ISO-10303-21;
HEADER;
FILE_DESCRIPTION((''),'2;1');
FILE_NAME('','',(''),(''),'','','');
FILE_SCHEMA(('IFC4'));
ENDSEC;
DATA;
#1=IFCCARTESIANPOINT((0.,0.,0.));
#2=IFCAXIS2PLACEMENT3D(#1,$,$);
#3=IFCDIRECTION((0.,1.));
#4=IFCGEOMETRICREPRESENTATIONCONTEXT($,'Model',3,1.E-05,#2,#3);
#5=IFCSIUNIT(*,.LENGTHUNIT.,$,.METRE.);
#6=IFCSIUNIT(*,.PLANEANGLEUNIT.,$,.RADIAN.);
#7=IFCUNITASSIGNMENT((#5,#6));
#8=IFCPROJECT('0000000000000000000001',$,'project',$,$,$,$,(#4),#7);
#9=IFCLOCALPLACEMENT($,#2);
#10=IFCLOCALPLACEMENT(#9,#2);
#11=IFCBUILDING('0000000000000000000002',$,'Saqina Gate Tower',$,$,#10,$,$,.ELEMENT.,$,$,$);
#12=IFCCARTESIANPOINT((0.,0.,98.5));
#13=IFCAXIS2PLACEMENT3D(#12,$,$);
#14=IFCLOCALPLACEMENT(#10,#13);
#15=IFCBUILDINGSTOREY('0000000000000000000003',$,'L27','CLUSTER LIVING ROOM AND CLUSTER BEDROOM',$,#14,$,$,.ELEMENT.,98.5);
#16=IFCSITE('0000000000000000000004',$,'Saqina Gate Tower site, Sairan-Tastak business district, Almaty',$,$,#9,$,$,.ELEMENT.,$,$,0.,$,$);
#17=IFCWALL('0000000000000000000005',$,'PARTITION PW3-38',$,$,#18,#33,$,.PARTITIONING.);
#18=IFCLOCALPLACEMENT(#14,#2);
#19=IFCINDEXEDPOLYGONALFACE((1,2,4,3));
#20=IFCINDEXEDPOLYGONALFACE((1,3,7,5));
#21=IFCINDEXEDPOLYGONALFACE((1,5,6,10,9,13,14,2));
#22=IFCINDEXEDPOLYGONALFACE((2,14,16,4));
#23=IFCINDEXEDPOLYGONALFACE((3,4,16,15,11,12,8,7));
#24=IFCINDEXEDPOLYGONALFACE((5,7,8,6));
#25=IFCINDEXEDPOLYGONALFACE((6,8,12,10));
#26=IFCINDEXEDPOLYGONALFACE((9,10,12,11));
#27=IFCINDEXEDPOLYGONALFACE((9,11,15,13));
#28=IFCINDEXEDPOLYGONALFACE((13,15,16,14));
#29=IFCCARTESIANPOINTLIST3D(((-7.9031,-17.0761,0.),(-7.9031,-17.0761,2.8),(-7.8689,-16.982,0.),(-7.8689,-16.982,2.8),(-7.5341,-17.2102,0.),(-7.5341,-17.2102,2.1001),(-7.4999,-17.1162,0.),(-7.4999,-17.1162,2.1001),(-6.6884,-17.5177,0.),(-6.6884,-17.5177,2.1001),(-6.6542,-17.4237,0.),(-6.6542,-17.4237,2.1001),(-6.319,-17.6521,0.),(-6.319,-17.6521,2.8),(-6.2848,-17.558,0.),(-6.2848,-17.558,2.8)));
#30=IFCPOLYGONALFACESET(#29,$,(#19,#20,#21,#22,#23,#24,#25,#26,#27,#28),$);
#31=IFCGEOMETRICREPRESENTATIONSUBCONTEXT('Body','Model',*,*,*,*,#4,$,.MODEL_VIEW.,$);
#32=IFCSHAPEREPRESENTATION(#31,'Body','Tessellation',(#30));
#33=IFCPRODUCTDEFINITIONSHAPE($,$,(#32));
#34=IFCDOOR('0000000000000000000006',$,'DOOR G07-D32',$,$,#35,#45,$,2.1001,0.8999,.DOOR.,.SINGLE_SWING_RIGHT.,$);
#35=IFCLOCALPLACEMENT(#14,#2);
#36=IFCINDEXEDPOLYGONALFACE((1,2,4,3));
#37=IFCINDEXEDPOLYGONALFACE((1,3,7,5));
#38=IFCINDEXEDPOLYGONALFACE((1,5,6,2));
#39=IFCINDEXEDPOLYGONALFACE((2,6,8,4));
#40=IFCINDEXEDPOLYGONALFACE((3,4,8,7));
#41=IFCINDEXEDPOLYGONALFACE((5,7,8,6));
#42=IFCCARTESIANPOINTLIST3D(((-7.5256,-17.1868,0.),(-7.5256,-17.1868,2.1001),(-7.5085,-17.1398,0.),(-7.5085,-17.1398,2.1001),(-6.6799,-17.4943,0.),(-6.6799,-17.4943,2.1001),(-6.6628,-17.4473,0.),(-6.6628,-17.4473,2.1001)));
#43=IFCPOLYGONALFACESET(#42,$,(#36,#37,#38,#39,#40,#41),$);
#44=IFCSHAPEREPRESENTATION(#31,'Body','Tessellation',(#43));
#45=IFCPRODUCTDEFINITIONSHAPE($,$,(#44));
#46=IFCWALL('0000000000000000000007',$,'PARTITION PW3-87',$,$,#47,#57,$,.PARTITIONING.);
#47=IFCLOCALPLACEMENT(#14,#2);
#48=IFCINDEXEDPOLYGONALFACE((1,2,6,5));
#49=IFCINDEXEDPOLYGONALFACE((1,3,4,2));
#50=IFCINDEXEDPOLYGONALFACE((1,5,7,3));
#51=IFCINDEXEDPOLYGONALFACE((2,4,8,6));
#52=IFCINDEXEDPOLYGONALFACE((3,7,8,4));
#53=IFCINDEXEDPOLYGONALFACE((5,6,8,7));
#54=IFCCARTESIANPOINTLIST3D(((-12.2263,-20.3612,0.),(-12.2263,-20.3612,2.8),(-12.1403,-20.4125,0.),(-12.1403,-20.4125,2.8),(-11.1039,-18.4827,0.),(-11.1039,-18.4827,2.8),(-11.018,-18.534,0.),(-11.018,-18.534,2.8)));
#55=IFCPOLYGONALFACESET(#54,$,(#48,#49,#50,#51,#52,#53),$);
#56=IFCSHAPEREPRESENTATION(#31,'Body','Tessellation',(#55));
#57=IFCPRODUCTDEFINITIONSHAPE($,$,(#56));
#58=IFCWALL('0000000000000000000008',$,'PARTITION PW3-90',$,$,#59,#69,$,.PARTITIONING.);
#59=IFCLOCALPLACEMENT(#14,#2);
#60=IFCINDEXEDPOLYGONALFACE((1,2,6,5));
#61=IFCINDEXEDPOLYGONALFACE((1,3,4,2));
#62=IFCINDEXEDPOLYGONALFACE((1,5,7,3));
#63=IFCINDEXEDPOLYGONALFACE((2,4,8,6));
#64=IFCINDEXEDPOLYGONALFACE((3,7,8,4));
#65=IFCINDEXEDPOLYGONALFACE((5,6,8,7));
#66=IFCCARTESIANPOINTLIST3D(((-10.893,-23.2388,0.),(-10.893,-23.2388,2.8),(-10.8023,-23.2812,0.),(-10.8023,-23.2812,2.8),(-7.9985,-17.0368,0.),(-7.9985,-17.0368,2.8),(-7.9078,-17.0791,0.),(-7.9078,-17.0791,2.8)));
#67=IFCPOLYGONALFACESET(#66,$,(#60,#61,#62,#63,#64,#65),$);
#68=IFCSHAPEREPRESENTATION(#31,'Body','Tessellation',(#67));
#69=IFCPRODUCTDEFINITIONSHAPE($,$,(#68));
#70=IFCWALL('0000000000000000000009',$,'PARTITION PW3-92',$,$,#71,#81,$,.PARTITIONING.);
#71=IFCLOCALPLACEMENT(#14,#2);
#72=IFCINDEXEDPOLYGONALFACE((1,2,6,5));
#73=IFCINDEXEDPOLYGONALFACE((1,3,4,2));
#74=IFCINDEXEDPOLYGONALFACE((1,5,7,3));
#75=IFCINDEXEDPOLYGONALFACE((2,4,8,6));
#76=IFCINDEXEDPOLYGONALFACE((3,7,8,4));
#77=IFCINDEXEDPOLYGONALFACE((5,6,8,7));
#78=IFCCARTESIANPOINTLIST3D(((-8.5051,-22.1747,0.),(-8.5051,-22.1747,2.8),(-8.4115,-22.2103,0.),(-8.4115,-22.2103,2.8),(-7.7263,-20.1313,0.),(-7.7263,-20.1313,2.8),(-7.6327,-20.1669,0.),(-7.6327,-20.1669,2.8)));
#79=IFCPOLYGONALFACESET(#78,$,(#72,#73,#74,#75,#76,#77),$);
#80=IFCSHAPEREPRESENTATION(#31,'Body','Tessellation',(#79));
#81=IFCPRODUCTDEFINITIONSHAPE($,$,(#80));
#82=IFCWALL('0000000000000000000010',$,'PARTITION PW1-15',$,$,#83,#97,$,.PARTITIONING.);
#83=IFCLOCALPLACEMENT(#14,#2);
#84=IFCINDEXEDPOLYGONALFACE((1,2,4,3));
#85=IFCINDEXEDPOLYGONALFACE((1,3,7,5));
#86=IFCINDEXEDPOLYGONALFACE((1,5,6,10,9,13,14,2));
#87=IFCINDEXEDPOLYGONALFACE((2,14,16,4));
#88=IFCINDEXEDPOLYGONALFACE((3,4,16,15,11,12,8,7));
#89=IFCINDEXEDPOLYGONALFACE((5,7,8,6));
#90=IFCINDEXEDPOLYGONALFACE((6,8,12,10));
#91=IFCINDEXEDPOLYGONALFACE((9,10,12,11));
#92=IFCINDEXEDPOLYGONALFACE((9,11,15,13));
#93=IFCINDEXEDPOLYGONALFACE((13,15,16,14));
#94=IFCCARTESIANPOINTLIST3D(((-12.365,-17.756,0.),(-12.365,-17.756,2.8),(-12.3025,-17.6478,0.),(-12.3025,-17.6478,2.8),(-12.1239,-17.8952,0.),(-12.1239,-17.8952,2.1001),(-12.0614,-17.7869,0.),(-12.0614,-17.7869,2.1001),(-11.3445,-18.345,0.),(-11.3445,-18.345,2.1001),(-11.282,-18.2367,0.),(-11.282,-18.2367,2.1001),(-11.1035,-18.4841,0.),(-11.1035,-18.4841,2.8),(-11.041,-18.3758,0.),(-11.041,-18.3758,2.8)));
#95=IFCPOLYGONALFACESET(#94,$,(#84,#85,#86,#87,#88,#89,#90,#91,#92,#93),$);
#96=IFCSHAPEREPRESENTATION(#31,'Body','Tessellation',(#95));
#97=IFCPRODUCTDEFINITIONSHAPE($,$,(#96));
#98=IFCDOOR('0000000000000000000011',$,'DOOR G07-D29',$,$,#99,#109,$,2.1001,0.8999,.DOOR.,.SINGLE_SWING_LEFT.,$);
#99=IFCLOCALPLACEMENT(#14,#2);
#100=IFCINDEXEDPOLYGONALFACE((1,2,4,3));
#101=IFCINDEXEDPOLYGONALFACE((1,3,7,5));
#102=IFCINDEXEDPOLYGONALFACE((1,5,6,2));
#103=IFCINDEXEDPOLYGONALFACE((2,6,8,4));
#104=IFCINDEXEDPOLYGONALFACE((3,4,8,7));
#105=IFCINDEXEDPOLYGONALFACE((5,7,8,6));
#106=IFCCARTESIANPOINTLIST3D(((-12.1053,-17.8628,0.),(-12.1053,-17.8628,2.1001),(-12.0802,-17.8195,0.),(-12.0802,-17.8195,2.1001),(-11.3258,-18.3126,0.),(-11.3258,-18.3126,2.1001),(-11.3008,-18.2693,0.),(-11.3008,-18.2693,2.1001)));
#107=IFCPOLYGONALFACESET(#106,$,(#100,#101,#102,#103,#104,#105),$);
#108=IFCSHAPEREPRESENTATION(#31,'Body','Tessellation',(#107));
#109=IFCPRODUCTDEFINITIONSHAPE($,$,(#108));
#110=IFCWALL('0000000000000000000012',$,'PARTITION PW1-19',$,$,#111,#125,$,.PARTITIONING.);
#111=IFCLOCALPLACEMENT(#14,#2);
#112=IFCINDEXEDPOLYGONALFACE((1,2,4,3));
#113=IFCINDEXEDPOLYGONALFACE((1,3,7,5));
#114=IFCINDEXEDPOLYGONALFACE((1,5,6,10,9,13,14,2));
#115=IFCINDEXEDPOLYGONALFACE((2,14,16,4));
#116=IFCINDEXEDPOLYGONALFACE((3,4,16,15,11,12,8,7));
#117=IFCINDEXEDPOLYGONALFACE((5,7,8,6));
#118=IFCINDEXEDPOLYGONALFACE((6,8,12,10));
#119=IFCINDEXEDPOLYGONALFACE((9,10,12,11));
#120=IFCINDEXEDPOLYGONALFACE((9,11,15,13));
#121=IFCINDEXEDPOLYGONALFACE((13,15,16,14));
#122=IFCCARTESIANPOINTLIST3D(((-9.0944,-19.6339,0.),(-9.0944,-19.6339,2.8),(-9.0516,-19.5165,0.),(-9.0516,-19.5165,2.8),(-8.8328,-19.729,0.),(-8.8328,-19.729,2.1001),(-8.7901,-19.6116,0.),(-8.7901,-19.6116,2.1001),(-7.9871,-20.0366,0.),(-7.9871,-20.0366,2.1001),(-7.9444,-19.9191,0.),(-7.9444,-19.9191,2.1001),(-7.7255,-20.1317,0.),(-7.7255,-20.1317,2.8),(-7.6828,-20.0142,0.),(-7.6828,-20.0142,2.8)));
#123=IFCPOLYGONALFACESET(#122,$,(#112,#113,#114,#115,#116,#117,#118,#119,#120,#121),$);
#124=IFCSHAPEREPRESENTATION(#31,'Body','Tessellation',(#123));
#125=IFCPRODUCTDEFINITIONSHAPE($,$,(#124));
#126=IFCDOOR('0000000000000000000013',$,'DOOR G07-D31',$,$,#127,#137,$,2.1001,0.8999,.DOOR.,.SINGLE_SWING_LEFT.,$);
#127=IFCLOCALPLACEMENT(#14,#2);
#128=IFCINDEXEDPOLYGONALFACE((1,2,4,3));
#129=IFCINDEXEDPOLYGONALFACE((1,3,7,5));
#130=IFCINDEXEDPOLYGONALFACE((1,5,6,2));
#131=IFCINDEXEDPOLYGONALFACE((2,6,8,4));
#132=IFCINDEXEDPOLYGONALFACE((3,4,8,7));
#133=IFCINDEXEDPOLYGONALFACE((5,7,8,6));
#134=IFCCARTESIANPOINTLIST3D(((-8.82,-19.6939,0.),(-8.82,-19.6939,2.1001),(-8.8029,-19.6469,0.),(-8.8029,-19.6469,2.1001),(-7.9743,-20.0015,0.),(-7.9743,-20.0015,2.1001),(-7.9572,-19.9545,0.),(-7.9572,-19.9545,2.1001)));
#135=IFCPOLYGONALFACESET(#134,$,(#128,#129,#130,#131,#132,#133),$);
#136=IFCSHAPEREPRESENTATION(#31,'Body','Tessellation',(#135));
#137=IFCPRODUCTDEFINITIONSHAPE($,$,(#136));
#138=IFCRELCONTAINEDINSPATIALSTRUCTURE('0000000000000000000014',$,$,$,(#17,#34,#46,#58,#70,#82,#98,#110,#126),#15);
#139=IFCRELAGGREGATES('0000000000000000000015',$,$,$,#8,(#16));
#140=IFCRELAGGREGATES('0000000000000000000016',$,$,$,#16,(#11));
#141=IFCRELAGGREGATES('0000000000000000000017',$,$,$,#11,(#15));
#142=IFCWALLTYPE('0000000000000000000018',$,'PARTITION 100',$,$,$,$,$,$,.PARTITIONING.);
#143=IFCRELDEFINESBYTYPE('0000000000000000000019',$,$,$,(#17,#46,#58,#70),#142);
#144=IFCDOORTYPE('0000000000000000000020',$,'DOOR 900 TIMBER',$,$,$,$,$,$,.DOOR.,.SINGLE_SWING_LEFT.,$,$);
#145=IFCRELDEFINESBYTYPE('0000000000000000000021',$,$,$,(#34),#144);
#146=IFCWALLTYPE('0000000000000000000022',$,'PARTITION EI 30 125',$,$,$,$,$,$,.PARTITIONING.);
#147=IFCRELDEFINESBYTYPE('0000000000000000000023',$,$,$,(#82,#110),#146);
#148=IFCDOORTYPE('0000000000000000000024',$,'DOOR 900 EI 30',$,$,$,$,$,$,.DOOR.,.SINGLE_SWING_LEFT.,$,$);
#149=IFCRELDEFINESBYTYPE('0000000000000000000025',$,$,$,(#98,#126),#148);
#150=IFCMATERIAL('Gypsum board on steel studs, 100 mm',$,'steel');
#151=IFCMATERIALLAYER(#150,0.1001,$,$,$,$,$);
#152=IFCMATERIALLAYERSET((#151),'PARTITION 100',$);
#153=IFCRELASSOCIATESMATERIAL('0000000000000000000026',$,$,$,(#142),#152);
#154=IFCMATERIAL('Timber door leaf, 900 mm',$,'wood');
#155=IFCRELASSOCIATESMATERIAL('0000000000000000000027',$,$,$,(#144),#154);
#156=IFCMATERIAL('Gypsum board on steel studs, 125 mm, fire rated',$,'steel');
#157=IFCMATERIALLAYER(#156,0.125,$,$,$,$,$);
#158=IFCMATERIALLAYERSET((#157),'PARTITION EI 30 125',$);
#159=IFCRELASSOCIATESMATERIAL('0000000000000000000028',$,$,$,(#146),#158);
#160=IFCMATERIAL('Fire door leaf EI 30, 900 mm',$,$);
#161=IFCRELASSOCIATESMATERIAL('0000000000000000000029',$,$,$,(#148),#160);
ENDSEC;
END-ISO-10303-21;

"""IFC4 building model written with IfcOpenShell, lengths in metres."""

from ifc_helpers import new_model, si_unit, direction, frame, frame_2d, origin, place, context, subcontext, project, spatial, rectangle, extrude, material, layer, layer_set, type_object, element, fill, save


model = new_model("IFC4")

# Units and contexts
model_context = context("Model", 3, precision=1e-05, world=origin(), true_north=direction((0.0, 1.0)))
body_context = subcontext(model_context, "Body", "Model", "MODEL_VIEW")
ifc_project = project(units=[si_unit("LENGTHUNIT", "METRE"), si_unit("PLANEANGLEUNIT", "RADIAN")], contexts=[model_context])

# Site, building, storey
site_placement = place(None, origin())
site = spatial("IfcSite", under=ifc_project, at=site_placement, Name="Saqina Gate Tower site, Sairan-Tastak business district, Almaty", CompositionType="ELEMENT", RefElevation=0.0)
building_placement = place(site_placement, origin())
building = spatial("IfcBuilding", under=site, at=building_placement, Name="Saqina Gate Tower", CompositionType="ELEMENT")
storey_placement = place(building_placement, frame((0.0, 0.0, 98.5)))
storey = spatial("IfcBuildingStorey", under=building, at=storey_placement, Name="L27", Description="CLUSTER LIVING ROOM AND CLUSTER BEDROOM", CompositionType="ELEMENT", Elevation=98.5)

# Shared definitions
ifc_material_1 = material(Name="Gypsum board on steel studs, 100 mm", Category="steel")
ifc_layer_1 = layer(ifc_material_1, 0.1001)
ifc_layer_set_1 = layer_set([ifc_layer_1], Name="PARTITION 100")
wall_type_1 = type_object("IfcWallType", Name="PARTITION 100", PredefinedType="PARTITIONING", material=ifc_layer_set_1)

# Wall, opening, door
wall_1_placement = place(storey_placement, frame((-7.886, -17.0291, 0.0), z_axis=(0.0, 0.0, 1.0), x_axis=(0.939806, -0.341708, 0.0)))
wall_1 = element("IfcWall", 1, at=wall_1_placement, inside=storey, type_object=wall_type_1, Name="PARTITION PW3-38", PredefinedType="PARTITIONING", context=body_context, shape_type="SweptSolid", body=[
    extrude(rectangle(XDim=1.6855, YDim=0.1001, at=frame_2d((0.8428, 0.0))), origin(), (0.0, 0.0, 1.0), 2.8),
])
opening_1_placement = place(wall_1_placement, frame((0.3926, 0.0, 0.0)))
opening_1 = element("IfcOpeningElement", 2, at=opening_1_placement, cuts=wall_1, PredefinedType="OPENING", context=body_context, shape_type="SweptSolid", body=[
    extrude(rectangle(XDim=0.8999, YDim=2.1001, at=frame_2d((0.45, 1.05))), frame((0.0, 0.062, 0.0), z_axis=(0.0, -1.0, 0.0), x_axis=(1.0, 0.0, 0.0)), (0.0, 0.0, 1.0), 0.124),
])
ifc_material_2 = material(Name="Timber door leaf, 900 mm", Category="wood")
door_type_1 = type_object("IfcDoorType", Name="DOOR 900 TIMBER", OperationType="SINGLE_SWING_LEFT", PredefinedType="DOOR", material=ifc_material_2)
door_1_placement = place(opening_1_placement, origin())
door_1 = element("IfcDoor", 3, at=door_1_placement, inside=storey, type_object=door_type_1, Name="DOOR G07-D32", OperationType="SINGLE_SWING_RIGHT", OverallHeight=2.1001, OverallWidth=0.8999, PredefinedType="DOOR", context=body_context, shape_type="SweptSolid", body=[
    extrude(rectangle(XDim=0.8999, YDim=2.1001, at=frame_2d((0.45, 1.05))), frame((0.0, 0.0249, 0.0), z_axis=(0.0, -1.0, 0.0), x_axis=(1.0, 0.0, 0.0)), (0.0, 0.0, 1.0), 0.05),
])
fill(opening_1, door_1)

# Walls
wall_2_placement = place(storey_placement, frame((-12.1833, -20.387, 0.0), z_axis=(0.0, 0.0, 1.0), x_axis=(0.512903, 0.858446, 0.0)))
element("IfcWall", 4, at=wall_2_placement, inside=storey, type_object=wall_type_1, Name="PARTITION PW3-87", PredefinedType="PARTITIONING", context=body_context, shape_type="SweptSolid", body=[
    extrude(rectangle(XDim=2.1882, YDim=0.1001, at=frame_2d((1.0942, 0.0))), origin(), (0.0, 0.0, 1.0), 2.8),
])
wall_3_placement = place(storey_placement, frame((-10.8477, -23.26, 0.0), z_axis=(0.0, 0.0, 1.0), x_axis=(0.422909, 0.906172, 0.0)))
element("IfcWall", 5, at=wall_3_placement, inside=storey, type_object=wall_type_1, Name="PARTITION PW3-90", PredefinedType="PARTITIONING", context=body_context, shape_type="SweptSolid", body=[
    extrude(rectangle(XDim=6.8442, YDim=0.1001, at=frame_2d((3.4221, 0.0))), origin(), (0.0, 0.0, 1.0), 2.8),
])
wall_4_placement = place(storey_placement, frame((-8.4583, -22.1924, 0.0), z_axis=(0.0, 0.0, 1.0), x_axis=(0.356135, 0.934435, 0.0)))
element("IfcWall", 6, at=wall_4_placement, inside=storey, type_object=wall_type_1, Name="PARTITION PW3-92", PredefinedType="PARTITIONING", context=body_context, shape_type="SweptSolid", body=[
    extrude(rectangle(XDim=2.1868, YDim=0.1001, at=frame_2d((1.0933, 0.0))), origin(), (0.0, 0.0, 1.0), 2.8),
])

# Walls, openings, doors
ifc_material_3 = material(Name="Gypsum board on steel studs, 125 mm, fire rated", Category="steel")
ifc_layer_2 = layer(ifc_material_3, 0.125)
ifc_layer_set_2 = layer_set([ifc_layer_2], Name="PARTITION EI 30 125")
wall_type_2 = type_object("IfcWallType", Name="PARTITION EI 30 125", PredefinedType="PARTITIONING", material=ifc_layer_set_2)
wall_5_placement = place(storey_placement, frame((-12.3337, -17.7019, 0.0), z_axis=(0.0, 0.0, 1.0), x_axis=(0.86611, -0.499853, 0.0)))
wall_5 = element("IfcWall", 7, at=wall_5_placement, inside=storey, type_object=wall_type_2, Name="PARTITION PW1-15", PredefinedType="PARTITIONING", context=body_context, shape_type="SweptSolid", body=[
    extrude(rectangle(XDim=1.4565, YDim=0.125, at=frame_2d((0.7283, 0.0))), origin(), (0.0, 0.0, 1.0), 2.8),
])
opening_2_placement = place(wall_5_placement, frame((0.2783, 0.0, 0.0)))
opening_2 = element("IfcOpeningElement", 8, at=opening_2_placement, cuts=wall_5, PredefinedType="OPENING", context=body_context, shape_type="SweptSolid", body=[
    extrude(rectangle(XDim=0.8999, YDim=2.1001, at=frame_2d((0.45, 1.05))), frame((0.0, 0.0745, 0.0), z_axis=(0.0, -1.0, 0.0), x_axis=(1.0, 0.0, 0.0)), (0.0, 0.0, 1.0), 0.1489),
])
ifc_material_4 = material(Name="Fire door leaf EI 30, 900 mm")
door_type_2 = type_object("IfcDoorType", Name="DOOR 900 EI 30", OperationType="SINGLE_SWING_LEFT", PredefinedType="DOOR", material=ifc_material_4)
door_2_placement = place(opening_2_placement, origin())
door_2 = element("IfcDoor", 9, at=door_2_placement, inside=storey, type_object=door_type_2, Name="DOOR G07-D29", OperationType="SINGLE_SWING_LEFT", OverallHeight=2.1001, OverallWidth=0.8999, PredefinedType="DOOR", context=body_context, shape_type="SweptSolid", body=[
    extrude(rectangle(XDim=0.8999, YDim=2.1001, at=frame_2d((0.45, 1.05))), frame((0.0, 0.0249, 0.0), z_axis=(0.0, -1.0, 0.0), x_axis=(1.0, 0.0, 0.0)), (0.0, 0.0, 1.0), 0.05),
])
fill(opening_2, door_2)
wall_6_placement = place(storey_placement, frame((-9.073, -19.5752, 0.0), z_axis=(0.0, 0.0, 1.0), x_axis=(0.939789, -0.341757, 0.0)))
wall_6 = element("IfcWall", 10, at=wall_6_placement, inside=storey, type_object=wall_type_2, Name="PARTITION PW1-19", PredefinedType="PARTITIONING", context=body_context, shape_type="SweptSolid", body=[
    extrude(rectangle(XDim=1.4565, YDim=0.125, at=frame_2d((0.7283, 0.0))), origin(), (0.0, 0.0, 1.0), 2.8),
])
opening_3_placement = place(wall_6_placement, frame((0.2783, 0.0, 0.0)))
opening_3 = element("IfcOpeningElement", 11, at=opening_3_placement, cuts=wall_6, PredefinedType="OPENING", context=body_context, shape_type="SweptSolid", body=[
    extrude(rectangle(XDim=0.8999, YDim=2.1001, at=frame_2d((0.45, 1.05))), frame((0.0, 0.0745, 0.0), z_axis=(0.0, -1.0, 0.0), x_axis=(1.0, 0.0, 0.0)), (0.0, 0.0, 1.0), 0.1489),
])
door_3_placement = place(opening_3_placement, origin())
door_3 = element("IfcDoor", 12, at=door_3_placement, inside=storey, type_object=door_type_2, Name="DOOR G07-D31", OperationType="SINGLE_SWING_LEFT", OverallHeight=2.1001, OverallWidth=0.8999, PredefinedType="DOOR", context=body_context, shape_type="SweptSolid", body=[
    extrude(rectangle(XDim=0.8999, YDim=2.1001, at=frame_2d((0.45, 1.05))), frame((0.0, 0.0249, 0.0), z_axis=(0.0, -1.0, 0.0), x_axis=(1.0, 0.0, 0.0)), (0.0, 0.0, 1.0), 0.05),
])
fill(opening_3, door_3)

save(model, "model.ifc")
